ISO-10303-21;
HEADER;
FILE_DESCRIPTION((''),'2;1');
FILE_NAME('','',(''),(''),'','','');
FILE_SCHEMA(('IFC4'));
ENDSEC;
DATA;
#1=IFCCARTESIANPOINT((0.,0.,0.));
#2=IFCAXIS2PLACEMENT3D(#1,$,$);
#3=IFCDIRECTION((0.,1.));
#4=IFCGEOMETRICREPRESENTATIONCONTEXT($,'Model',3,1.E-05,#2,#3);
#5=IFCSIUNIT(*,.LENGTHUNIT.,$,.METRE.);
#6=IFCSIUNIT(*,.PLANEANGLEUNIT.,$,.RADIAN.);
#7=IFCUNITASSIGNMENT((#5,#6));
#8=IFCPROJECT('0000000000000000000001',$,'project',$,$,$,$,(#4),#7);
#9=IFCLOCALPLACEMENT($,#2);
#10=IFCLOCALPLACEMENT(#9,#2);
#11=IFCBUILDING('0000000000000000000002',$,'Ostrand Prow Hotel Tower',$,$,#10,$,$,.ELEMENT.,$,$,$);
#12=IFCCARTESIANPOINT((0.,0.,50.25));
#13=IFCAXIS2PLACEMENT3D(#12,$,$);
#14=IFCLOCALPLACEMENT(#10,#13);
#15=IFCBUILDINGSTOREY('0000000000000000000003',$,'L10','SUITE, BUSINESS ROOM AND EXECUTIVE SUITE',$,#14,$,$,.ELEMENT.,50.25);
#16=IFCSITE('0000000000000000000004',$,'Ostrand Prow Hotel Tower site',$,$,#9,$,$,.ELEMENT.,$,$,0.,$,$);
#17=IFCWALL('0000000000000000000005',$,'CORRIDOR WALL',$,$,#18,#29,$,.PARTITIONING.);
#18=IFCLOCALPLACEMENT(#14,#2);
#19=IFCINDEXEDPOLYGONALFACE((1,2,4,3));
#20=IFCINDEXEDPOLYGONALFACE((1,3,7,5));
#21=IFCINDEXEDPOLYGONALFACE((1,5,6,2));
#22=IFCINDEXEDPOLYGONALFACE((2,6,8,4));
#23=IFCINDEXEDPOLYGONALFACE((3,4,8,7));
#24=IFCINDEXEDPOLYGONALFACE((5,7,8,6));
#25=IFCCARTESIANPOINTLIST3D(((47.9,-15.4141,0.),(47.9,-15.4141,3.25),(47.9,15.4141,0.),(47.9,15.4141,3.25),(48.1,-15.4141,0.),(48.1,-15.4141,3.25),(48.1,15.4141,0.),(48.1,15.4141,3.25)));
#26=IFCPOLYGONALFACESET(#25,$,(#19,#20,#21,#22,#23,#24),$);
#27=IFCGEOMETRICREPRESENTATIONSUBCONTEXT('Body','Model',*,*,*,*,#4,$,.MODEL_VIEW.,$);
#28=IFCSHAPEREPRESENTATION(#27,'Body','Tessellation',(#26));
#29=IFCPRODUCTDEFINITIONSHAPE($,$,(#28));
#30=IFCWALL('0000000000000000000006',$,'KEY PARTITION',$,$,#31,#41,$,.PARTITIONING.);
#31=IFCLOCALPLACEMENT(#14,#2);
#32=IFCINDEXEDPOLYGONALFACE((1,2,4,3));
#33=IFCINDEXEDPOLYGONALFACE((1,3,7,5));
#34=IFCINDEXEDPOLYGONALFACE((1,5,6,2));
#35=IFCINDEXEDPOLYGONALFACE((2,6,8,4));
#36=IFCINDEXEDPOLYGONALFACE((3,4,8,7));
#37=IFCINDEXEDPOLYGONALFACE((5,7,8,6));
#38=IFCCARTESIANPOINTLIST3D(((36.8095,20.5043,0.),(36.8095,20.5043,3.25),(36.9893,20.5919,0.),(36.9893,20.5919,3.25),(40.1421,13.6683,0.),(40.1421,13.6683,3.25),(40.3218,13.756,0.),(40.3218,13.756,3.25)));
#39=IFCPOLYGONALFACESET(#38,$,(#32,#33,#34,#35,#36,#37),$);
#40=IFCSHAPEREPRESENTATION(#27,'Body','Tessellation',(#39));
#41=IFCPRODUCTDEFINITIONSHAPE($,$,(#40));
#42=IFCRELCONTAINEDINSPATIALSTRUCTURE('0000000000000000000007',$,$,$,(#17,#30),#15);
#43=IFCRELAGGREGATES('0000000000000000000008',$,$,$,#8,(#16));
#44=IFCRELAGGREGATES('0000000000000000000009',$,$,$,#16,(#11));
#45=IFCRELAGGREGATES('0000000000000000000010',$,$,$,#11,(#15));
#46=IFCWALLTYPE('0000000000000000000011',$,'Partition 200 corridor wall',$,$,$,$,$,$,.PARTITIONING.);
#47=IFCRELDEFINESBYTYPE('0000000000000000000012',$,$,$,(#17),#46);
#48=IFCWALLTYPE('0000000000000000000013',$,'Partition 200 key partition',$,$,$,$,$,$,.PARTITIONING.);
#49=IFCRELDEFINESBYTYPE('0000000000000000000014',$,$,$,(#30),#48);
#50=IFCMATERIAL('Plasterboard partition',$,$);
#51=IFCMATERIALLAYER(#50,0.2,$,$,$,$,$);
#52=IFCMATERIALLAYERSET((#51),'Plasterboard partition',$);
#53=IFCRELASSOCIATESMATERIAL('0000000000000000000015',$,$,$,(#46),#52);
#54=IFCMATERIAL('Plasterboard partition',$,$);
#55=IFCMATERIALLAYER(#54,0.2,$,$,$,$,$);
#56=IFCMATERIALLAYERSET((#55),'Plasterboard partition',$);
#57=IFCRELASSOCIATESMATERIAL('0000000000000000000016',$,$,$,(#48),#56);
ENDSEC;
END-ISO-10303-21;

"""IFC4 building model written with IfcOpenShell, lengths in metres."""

from ifc_helpers import new_model, si_unit, direction, frame, frame_2d, origin, place, context, subcontext, project, spatial, rectangle, extrude, material, layer, layer_set, type_object, element, save


model = new_model("IFC4")

# Units and contexts
model_context = context("Model", 3, precision=1e-05, world=origin(), true_north=direction((0.0, 1.0)))
body_context = subcontext(model_context, "Body", "Model", "MODEL_VIEW")
ifc_project = project(units=[si_unit("LENGTHUNIT", "METRE"), si_unit("PLANEANGLEUNIT", "RADIAN")], contexts=[model_context])

# Site, building, storey
site_placement = place(None, origin())
site = spatial("IfcSite", under=ifc_project, at=site_placement, Name="Ostrand Prow Hotel Tower site", CompositionType="ELEMENT", RefElevation=0.0)
building_placement = place(site_placement, origin())
building = spatial("IfcBuilding", under=site, at=building_placement, Name="Ostrand Prow Hotel Tower", CompositionType="ELEMENT")
storey_placement = place(building_placement, frame((0.0, 0.0, 50.25)))
storey = spatial("IfcBuildingStorey", under=building, at=storey_placement, Name="L10", Description="SUITE, BUSINESS ROOM AND EXECUTIVE SUITE", CompositionType="ELEMENT", Elevation=50.25)

# Shared definitions
ifc_material_1 = material(Name="Plasterboard partition")
ifc_layer_1 = layer(ifc_material_1, 0.2)
ifc_layer_set_1 = layer_set([ifc_layer_1], Name="Plasterboard partition")
wall_type_1 = type_object("IfcWallType", Name="Partition 200 corridor wall", PredefinedType="PARTITIONING", material=ifc_layer_set_1)

# Walls
wall_1_placement = place(storey_placement, frame((48.0, 15.4141, 0.0), z_axis=(0.0, 0.0, 1.0), x_axis=(0.0, -1.0, 0.0)))
element("IfcWall", 1, at=wall_1_placement, inside=storey, type_object=wall_type_1, Name="CORRIDOR WALL", PredefinedType="PARTITIONING", context=body_context, shape_type="SweptSolid", body=[
    extrude(rectangle(XDim=30.8281, YDim=0.2, at=frame_2d((15.4141, 0.0))), origin(), (0.0, 0.0, 1.0), 3.25),
])
ifc_material_2 = material(Name="Plasterboard partition")
ifc_layer_2 = layer(ifc_material_2, 0.2)
ifc_layer_set_2 = layer_set([ifc_layer_2], Name="Plasterboard partition")
wall_type_2 = type_object("IfcWallType", Name="Partition 200 key partition", PredefinedType="PARTITIONING", material=ifc_layer_set_2)
wall_2_placement = place(storey_placement, frame((40.2319, 13.7122, 0.0), z_axis=(0.0, 0.0, 1.0), x_axis=(-0.438202, 0.898876, 0.0)))
element("IfcWall", 2, at=wall_2_placement, inside=storey, type_object=wall_type_2, Name="KEY PARTITION", PredefinedType="PARTITIONING", context=body_context, shape_type="SweptSolid", body=[
    extrude(rectangle(XDim=7.605, YDim=0.2, at=frame_2d((3.8025, 0.0))), origin(), (0.0, 0.0, 1.0), 3.25),
])

save(model, "model.ifc")
